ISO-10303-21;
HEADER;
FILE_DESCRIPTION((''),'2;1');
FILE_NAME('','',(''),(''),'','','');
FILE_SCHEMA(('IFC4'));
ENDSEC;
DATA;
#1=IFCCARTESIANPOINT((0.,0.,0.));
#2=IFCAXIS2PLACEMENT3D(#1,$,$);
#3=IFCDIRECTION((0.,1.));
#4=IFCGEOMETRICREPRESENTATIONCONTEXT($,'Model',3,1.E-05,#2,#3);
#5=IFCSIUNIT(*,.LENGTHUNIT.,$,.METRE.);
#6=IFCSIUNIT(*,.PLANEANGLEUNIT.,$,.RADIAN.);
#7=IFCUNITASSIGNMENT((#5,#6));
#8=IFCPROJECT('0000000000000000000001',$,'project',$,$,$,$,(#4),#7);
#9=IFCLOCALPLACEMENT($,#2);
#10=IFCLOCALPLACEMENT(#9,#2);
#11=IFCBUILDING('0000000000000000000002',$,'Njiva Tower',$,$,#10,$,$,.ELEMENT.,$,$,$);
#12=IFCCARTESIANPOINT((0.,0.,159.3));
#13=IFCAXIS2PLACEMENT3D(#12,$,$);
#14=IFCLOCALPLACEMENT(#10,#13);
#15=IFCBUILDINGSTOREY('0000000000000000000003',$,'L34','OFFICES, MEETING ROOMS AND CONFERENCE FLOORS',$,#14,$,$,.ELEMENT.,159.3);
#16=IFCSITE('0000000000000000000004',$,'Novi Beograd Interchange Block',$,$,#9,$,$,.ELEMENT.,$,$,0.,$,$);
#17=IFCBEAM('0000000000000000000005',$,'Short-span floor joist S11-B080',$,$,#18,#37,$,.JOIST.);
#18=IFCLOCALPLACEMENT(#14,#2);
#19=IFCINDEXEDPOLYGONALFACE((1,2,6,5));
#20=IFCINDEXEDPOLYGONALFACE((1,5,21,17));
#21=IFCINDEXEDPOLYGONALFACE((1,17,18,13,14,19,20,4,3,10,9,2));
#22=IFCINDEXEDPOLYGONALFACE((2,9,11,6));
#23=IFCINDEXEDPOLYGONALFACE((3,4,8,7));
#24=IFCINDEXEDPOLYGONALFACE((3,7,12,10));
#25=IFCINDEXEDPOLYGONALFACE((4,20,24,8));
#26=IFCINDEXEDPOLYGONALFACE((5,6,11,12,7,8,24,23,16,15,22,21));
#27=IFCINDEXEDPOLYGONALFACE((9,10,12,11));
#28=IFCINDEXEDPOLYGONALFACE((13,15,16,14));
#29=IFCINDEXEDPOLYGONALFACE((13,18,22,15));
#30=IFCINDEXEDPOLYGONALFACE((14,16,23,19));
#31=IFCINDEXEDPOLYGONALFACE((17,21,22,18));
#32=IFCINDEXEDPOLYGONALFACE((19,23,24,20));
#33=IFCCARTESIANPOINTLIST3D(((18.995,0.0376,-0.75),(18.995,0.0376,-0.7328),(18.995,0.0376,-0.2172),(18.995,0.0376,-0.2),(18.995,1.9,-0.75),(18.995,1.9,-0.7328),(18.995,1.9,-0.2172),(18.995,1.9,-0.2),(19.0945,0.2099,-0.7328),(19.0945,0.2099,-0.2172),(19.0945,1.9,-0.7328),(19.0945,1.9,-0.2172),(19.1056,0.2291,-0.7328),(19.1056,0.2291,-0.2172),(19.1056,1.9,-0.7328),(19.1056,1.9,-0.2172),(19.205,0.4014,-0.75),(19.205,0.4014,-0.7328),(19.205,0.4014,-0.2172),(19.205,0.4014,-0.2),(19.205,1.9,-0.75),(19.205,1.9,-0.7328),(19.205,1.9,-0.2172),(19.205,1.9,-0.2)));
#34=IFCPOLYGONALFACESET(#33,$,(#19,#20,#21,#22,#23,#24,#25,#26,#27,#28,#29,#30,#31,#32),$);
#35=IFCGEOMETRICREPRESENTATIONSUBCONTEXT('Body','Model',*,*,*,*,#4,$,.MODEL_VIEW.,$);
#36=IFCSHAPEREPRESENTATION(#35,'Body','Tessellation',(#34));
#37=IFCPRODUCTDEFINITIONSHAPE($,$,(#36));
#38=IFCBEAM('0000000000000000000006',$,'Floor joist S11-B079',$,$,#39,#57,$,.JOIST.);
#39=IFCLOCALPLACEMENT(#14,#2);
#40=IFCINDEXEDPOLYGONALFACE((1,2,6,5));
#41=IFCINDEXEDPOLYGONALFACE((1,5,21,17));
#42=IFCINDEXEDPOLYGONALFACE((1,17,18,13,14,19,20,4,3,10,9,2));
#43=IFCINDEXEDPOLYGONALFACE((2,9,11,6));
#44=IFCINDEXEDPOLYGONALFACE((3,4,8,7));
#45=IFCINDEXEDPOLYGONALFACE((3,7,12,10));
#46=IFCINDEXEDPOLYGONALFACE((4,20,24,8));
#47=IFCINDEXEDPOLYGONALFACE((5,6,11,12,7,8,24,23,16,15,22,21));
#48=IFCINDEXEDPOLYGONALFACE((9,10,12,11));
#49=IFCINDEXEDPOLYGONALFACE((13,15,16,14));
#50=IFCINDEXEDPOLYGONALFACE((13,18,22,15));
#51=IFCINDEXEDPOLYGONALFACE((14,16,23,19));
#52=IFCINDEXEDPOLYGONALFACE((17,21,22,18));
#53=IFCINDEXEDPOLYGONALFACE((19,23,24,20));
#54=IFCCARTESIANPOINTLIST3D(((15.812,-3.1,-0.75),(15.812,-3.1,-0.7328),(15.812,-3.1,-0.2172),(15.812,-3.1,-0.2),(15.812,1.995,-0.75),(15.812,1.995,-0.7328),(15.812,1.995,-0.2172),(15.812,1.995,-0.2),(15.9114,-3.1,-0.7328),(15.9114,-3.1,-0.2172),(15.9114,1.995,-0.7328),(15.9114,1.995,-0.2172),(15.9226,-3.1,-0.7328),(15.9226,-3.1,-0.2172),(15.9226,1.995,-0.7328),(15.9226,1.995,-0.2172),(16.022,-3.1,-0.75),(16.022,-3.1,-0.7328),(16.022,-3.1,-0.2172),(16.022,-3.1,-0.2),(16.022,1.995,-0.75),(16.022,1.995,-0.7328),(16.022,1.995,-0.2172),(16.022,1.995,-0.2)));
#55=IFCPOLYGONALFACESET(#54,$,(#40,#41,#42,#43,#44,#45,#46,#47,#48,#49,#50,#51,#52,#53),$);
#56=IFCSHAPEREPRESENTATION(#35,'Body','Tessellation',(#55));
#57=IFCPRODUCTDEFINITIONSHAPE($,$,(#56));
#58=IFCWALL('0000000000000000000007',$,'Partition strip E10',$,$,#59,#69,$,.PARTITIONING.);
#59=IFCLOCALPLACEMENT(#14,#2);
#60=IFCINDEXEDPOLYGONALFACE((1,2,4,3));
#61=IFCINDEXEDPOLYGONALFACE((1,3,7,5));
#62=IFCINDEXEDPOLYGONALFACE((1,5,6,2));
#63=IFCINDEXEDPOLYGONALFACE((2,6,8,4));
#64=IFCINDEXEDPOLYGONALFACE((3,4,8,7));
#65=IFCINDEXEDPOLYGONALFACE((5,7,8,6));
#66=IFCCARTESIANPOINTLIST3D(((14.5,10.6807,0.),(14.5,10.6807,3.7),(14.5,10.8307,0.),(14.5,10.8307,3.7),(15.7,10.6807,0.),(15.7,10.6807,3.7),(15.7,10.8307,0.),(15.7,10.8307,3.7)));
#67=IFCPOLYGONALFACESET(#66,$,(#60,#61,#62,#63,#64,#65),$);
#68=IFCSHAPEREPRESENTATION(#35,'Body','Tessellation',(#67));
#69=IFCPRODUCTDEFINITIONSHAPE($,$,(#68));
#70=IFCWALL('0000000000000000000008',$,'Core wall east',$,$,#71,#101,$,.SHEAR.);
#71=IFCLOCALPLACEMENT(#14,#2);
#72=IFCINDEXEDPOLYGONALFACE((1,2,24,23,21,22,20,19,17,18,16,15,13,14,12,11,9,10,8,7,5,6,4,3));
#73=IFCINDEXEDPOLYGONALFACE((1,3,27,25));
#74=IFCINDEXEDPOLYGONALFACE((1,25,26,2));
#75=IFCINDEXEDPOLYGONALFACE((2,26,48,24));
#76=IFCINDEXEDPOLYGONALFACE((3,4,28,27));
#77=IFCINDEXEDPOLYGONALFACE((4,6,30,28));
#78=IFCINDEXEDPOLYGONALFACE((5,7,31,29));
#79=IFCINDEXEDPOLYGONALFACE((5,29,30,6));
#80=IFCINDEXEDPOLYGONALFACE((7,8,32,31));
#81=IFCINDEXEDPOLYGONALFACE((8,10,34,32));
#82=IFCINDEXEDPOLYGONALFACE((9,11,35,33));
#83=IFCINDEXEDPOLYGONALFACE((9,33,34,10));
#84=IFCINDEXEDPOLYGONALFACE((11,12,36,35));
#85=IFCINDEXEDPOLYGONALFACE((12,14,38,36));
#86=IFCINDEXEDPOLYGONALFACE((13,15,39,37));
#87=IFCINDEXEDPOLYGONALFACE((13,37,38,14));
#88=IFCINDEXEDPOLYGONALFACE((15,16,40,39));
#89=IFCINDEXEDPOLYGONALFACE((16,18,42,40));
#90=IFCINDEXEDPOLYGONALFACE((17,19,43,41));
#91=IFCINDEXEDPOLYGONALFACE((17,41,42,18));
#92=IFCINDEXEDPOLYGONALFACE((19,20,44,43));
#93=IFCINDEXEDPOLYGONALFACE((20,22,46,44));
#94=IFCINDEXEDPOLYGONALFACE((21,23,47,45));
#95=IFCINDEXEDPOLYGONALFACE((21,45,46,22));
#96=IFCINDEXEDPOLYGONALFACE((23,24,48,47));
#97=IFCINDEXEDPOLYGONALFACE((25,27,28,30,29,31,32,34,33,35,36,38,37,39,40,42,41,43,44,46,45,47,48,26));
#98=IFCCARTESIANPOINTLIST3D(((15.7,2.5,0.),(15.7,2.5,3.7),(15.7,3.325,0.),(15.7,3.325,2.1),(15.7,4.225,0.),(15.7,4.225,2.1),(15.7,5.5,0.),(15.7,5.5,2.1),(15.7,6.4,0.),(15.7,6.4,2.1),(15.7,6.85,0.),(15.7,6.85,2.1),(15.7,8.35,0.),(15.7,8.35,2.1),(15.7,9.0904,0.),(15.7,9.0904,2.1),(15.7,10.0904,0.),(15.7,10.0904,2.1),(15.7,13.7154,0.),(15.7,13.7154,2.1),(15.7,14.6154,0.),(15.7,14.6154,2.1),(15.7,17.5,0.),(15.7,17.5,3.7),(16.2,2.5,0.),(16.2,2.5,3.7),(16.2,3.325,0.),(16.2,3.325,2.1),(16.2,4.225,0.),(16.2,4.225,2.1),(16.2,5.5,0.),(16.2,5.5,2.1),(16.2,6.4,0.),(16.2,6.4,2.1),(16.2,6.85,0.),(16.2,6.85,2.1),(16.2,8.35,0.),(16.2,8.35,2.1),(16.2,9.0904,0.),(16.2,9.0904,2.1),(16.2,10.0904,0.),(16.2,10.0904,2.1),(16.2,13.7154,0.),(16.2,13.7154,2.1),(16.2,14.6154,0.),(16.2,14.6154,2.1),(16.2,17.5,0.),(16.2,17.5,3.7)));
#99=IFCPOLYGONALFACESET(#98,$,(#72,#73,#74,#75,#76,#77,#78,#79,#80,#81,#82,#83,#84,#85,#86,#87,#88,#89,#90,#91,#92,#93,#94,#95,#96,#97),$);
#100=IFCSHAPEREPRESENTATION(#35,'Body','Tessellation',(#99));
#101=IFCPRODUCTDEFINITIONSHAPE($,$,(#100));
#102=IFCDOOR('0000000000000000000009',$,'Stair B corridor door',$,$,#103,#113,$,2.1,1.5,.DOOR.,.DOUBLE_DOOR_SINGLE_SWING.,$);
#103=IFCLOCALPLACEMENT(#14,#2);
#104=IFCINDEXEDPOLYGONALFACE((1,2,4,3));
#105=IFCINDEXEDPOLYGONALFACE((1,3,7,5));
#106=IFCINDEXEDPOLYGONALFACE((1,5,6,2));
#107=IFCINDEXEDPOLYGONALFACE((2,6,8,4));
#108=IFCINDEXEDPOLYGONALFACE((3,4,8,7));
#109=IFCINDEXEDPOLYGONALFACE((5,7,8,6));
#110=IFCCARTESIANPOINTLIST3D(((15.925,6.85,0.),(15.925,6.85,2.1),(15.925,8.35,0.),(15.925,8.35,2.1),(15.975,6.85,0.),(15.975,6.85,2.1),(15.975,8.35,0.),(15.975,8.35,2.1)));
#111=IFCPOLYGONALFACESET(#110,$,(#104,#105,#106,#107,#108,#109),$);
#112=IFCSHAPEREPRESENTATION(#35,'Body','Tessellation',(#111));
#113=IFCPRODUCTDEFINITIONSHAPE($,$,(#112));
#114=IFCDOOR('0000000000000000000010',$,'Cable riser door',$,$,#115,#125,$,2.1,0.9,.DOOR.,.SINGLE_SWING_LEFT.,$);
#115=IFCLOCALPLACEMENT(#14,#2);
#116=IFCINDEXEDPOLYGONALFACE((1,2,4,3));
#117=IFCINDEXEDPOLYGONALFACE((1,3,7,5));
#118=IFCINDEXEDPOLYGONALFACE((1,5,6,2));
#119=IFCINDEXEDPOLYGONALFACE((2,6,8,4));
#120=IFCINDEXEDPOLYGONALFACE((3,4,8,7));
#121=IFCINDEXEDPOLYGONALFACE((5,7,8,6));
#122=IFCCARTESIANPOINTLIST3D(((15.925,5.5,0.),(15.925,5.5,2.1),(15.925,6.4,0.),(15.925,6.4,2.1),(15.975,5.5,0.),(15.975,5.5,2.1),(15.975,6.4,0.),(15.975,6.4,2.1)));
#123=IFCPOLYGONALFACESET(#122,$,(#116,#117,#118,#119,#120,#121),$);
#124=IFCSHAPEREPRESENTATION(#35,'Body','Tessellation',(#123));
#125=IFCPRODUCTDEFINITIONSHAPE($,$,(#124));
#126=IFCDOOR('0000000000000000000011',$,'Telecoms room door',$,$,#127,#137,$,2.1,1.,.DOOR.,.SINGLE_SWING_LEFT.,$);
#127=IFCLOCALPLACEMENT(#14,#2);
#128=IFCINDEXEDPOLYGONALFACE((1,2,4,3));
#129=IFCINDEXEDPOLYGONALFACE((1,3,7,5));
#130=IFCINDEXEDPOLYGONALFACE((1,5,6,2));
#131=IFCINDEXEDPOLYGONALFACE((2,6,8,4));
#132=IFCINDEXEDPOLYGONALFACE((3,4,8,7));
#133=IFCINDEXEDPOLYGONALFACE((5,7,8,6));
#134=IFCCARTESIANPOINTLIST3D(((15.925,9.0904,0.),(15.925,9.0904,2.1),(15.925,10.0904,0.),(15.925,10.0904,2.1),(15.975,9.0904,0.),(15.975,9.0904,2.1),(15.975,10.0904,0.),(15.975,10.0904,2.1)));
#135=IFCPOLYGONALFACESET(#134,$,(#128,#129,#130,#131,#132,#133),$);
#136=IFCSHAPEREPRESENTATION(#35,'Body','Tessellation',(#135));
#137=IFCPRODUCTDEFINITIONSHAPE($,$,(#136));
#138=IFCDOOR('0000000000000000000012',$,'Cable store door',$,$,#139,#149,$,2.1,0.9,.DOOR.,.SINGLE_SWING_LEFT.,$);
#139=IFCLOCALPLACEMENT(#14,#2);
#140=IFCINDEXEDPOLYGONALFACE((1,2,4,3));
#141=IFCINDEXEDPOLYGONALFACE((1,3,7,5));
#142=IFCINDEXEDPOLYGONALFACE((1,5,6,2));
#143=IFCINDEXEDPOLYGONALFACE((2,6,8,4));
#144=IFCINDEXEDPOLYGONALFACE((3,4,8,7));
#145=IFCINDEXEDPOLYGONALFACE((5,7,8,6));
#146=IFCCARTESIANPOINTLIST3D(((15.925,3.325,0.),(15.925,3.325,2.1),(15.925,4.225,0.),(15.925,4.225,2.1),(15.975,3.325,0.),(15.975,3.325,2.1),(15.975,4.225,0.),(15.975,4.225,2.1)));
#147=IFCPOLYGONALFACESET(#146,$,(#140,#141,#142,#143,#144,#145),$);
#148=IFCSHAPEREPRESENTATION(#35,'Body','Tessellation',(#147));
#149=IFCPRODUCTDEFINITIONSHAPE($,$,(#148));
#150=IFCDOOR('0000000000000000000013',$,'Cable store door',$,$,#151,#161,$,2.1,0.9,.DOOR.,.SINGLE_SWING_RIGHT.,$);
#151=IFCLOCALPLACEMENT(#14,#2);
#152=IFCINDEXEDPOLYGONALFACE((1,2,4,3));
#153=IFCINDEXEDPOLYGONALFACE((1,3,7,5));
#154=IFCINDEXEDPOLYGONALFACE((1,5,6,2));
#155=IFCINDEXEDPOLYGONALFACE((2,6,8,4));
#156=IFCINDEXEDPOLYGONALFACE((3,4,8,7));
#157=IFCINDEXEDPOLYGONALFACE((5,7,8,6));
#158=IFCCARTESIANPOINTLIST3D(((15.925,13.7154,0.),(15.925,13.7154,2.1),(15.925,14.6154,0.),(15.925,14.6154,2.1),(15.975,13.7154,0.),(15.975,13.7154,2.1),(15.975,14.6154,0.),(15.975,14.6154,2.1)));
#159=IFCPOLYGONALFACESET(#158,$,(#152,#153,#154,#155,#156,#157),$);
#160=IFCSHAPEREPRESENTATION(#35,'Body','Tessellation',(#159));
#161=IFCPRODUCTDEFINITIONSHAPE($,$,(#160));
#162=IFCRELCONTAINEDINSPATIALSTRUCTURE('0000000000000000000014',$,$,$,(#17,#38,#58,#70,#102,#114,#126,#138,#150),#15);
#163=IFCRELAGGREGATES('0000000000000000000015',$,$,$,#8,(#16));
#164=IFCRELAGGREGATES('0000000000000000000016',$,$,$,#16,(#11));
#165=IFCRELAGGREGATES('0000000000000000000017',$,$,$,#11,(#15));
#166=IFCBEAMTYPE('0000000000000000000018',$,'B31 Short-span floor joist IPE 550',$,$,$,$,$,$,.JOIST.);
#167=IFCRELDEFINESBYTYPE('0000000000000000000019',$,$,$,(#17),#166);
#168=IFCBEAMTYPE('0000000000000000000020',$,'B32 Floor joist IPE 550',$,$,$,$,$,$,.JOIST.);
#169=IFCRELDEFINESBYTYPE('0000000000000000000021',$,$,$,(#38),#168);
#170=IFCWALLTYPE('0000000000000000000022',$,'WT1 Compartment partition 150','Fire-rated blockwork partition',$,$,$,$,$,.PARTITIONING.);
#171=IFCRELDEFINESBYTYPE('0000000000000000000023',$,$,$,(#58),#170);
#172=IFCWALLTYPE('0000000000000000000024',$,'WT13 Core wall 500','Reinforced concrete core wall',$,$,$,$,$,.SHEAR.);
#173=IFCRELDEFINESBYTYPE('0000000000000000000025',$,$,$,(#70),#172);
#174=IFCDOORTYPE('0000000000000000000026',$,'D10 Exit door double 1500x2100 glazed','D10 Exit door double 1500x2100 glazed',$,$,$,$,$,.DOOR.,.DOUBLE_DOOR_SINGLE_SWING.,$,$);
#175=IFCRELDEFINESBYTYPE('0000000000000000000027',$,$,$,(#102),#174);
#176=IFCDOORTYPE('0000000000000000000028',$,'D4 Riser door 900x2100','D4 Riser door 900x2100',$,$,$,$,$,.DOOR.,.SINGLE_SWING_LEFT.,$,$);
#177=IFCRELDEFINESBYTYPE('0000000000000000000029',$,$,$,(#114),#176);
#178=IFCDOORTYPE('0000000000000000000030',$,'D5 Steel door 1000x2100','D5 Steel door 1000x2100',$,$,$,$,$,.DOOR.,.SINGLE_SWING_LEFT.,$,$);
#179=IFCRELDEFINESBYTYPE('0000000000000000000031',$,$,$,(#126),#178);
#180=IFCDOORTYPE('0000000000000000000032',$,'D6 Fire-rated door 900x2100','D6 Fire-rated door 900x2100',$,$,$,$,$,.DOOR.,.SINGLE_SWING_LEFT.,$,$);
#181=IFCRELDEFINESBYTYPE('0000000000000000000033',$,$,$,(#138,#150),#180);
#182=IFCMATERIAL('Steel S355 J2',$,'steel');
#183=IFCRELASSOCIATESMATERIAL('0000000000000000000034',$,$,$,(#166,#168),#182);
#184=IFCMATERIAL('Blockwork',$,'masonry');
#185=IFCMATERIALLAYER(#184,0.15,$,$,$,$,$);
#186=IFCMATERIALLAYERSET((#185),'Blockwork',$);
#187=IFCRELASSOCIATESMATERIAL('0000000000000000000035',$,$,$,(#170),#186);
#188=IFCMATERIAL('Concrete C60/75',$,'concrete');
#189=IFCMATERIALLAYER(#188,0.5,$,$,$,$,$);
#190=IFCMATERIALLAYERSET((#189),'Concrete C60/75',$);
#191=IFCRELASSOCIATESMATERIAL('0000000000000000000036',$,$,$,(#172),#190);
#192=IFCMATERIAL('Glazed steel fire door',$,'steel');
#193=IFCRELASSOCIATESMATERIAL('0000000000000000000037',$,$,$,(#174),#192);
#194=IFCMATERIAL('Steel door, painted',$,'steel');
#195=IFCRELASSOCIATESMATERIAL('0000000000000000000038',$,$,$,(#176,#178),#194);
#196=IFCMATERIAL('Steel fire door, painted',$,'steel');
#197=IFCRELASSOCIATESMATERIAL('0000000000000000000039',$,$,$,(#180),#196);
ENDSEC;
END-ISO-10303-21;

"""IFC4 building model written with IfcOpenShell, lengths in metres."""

from ifc_helpers import new_model, si_unit, direction, frame, frame_2d, origin, origin_2d, place, context, subcontext, project, spatial, rectangle, i_section, extrude, clip, halfspace, material, layer, layer_set, material_profile, profile_set, type_object, element, fill, save


model = new_model("IFC4")

# Units and contexts
model_context = context("Model", 3, precision=1e-05, world=origin(), true_north=direction((0.0, 1.0)))
body_context = subcontext(model_context, "Body", "Model", "MODEL_VIEW")
ifc_project = project(units=[si_unit("LENGTHUNIT", "METRE"), si_unit("PLANEANGLEUNIT", "RADIAN")], contexts=[model_context])

# Site, building, storey
site_placement = place(None, origin())
site = spatial("IfcSite", under=ifc_project, at=site_placement, Name="Novi Beograd Interchange Block", CompositionType="ELEMENT", RefElevation=0.0)
building_placement = place(site_placement, origin())
building = spatial("IfcBuilding", under=site, at=building_placement, Name="Njiva Tower", CompositionType="ELEMENT")
storey_placement = place(building_placement, frame((0.0, 0.0, 159.3)))
storey = spatial("IfcBuildingStorey", under=building, at=storey_placement, Name="L34", Description="OFFICES, MEETING ROOMS AND CONFERENCE FLOORS", CompositionType="ELEMENT", Elevation=159.3)

# Shared definitions
ifc_material_1 = material(Name="Steel S355 J2", Category="steel")

# Beams
ifc_material_profile_1 = material_profile(ifc_material_1, i_section(OverallWidth=0.21, OverallDepth=0.55, WebThickness=0.0111, FlangeThickness=0.0172, at=origin_2d()), Name="IPE 550")
ifc_profile_set_1 = profile_set([ifc_material_profile_1], Name="Steel S355 J2")
beam_type_1 = type_object("IfcBeamType", Name="B31 Short-span floor joist IPE 550", PredefinedType="JOIST", material=ifc_profile_set_1)
beam_1_placement = place(storey_placement, frame((19.1, 1.9, -0.475), z_axis=(0.0, -1.0, 0.0), x_axis=(1.0, 0.0, 0.0)))
element("IfcBeam", 1, at=beam_1_placement, inside=storey, type_object=beam_type_1, Name="Short-span floor joist S11-B080", PredefinedType="JOIST", context=body_context, shape_type="Clipping", body=[
    clip(extrude(i_section(OverallWidth=0.21, OverallDepth=0.55, WebThickness=0.0111, FlangeThickness=0.0172, at=origin_2d()), origin(), (0.0, 0.0, 1.0), 1.883), halfspace(frame((0.0433, 0.0, 1.6055), z_axis=(0.866027, 0.0, 0.499998), x_axis=(0.0, 1.0, 0.0)), False)),
])
ifc_material_profile_2 = material_profile(ifc_material_1, i_section(OverallWidth=0.21, OverallDepth=0.55, WebThickness=0.0111, FlangeThickness=0.0172, at=origin_2d()), Name="IPE 550")
ifc_profile_set_2 = profile_set([ifc_material_profile_2], Name="Steel S355 J2")
beam_type_2 = type_object("IfcBeamType", Name="B32 Floor joist IPE 550", PredefinedType="JOIST", material=ifc_profile_set_2)
beam_2_placement = place(storey_placement, frame((15.917, 1.995, -0.475), z_axis=(0.0, -1.0, 0.0), x_axis=(1.0, 0.0, 0.0)))
element("IfcBeam", 2, at=beam_2_placement, inside=storey, type_object=beam_type_2, Name="Floor joist S11-B079", PredefinedType="JOIST", context=body_context, shape_type="SweptSolid", body=[
    extrude(i_section(OverallWidth=0.21, OverallDepth=0.55, WebThickness=0.0111, FlangeThickness=0.0172, at=origin_2d()), origin(), (0.0, 0.0, 1.0), 5.095),
])

# Wall
ifc_material_2 = material(Name="Blockwork", Category="masonry")
ifc_layer_1 = layer(ifc_material_2, 0.15)
ifc_layer_set_1 = layer_set([ifc_layer_1], Name="Blockwork")
wall_type_1 = type_object("IfcWallType", Name="WT1 Compartment partition 150", Description="Fire-rated blockwork partition", PredefinedType="PARTITIONING", material=ifc_layer_set_1)
wall_1_placement = place(storey_placement, frame((14.5, 10.7557, 0.0), z_axis=(0.0, 0.0, 1.0), x_axis=(1.0, 0.0, 0.0)))
element("IfcWall", 3, at=wall_1_placement, inside=storey, type_object=wall_type_1, Name="Partition strip E10", PredefinedType="PARTITIONING", context=body_context, shape_type="SweptSolid", body=[
    extrude(rectangle(XDim=1.2, YDim=0.15, at=frame_2d((0.6, 0.0))), origin(), (0.0, 0.0, 1.0), 3.7),
])

# Wall, openings, doors
ifc_material_3 = material(Name="Concrete C60/75", Category="concrete")
ifc_layer_2 = layer(ifc_material_3, 0.5)
ifc_layer_set_2 = layer_set([ifc_layer_2], Name="Concrete C60/75")
wall_type_2 = type_object("IfcWallType", Name="WT13 Core wall 500", Description="Reinforced concrete core wall", PredefinedType="SHEAR", material=ifc_layer_set_2)
wall_2_placement = place(storey_placement, frame((15.95, 2.5, 0.0), z_axis=(0.0, 0.0, 1.0), x_axis=(0.0, 1.0, 0.0)))
wall_2 = element("IfcWall", 4, at=wall_2_placement, inside=storey, type_object=wall_type_2, Name="Core wall east", PredefinedType="SHEAR", context=body_context, shape_type="SweptSolid", body=[
    extrude(rectangle(XDim=15.0, YDim=0.5, at=frame_2d((7.5, 0.0))), origin(), (0.0, 0.0, 1.0), 3.7),
])
opening_1_placement = place(wall_2_placement, frame((4.35, 0.0, 0.0)))
opening_1 = element("IfcOpeningElement", 5, at=opening_1_placement, cuts=wall_2, PredefinedType="OPENING", context=body_context, shape_type="SweptSolid", body=[
    extrude(rectangle(XDim=1.5, YDim=2.1, at=frame_2d((0.75, 1.05))), frame((0.0, 0.26, 0.0), z_axis=(0.0, -1.0, 0.0), x_axis=(1.0, 0.0, 0.0)), (0.0, 0.0, 1.0), 0.52),
])
opening_2_placement = place(wall_2_placement, frame((0.825, 0.0, 0.0)))
opening_2 = element("IfcOpeningElement", 6, at=opening_2_placement, cuts=wall_2, PredefinedType="OPENING", context=body_context, shape_type="SweptSolid", body=[
    extrude(rectangle(XDim=0.9, YDim=2.1, at=frame_2d((0.45, 1.05))), frame((0.0, 0.26, 0.0), z_axis=(0.0, -1.0, 0.0), x_axis=(1.0, 0.0, 0.0)), (0.0, 0.0, 1.0), 0.52),
])
opening_3_placement = place(wall_2_placement, frame((3.0, 0.0, 0.0)))
opening_3 = element("IfcOpeningElement", 7, at=opening_3_placement, cuts=wall_2, PredefinedType="OPENING", context=body_context, shape_type="SweptSolid", body=[
    extrude(rectangle(XDim=0.9, YDim=2.1, at=frame_2d((0.45, 1.05))), frame((0.0, 0.26, 0.0), z_axis=(0.0, -1.0, 0.0), x_axis=(1.0, 0.0, 0.0)), (0.0, 0.0, 1.0), 0.52),
])
opening_4_placement = place(wall_2_placement, frame((6.5904, 0.0, 0.0)))
opening_4 = element("IfcOpeningElement", 8, at=opening_4_placement, cuts=wall_2, PredefinedType="OPENING", context=body_context, shape_type="SweptSolid", body=[
    extrude(rectangle(XDim=1.0, YDim=2.1, at=frame_2d((0.5, 1.05))), frame((0.0, 0.26, 0.0), z_axis=(0.0, -1.0, 0.0), x_axis=(1.0, 0.0, 0.0)), (0.0, 0.0, 1.0), 0.52),
])
opening_5_placement = place(wall_2_placement, frame((11.2154, 0.0, 0.0)))
opening_5 = element("IfcOpeningElement", 9, at=opening_5_placement, cuts=wall_2, PredefinedType="OPENING", context=body_context, shape_type="SweptSolid", body=[
    extrude(rectangle(XDim=0.9, YDim=2.1, at=frame_2d((0.45, 1.05))), frame((0.0, 0.26, 0.0), z_axis=(0.0, -1.0, 0.0), x_axis=(1.0, 0.0, 0.0)), (0.0, 0.0, 1.0), 0.52),
])
ifc_material_4 = material(Name="Glazed steel fire door", Category="steel")
door_type_1 = type_object("IfcDoorType", Name="D10 Exit door double 1500x2100 glazed", Description="D10 Exit door double 1500x2100 glazed", OperationType="DOUBLE_DOOR_SINGLE_SWING", PredefinedType="DOOR", material=ifc_material_4)
door_1_placement = place(opening_1_placement, origin())
door_1 = element("IfcDoor", 10, at=door_1_placement, inside=storey, type_object=door_type_1, Name="Stair B corridor door", OperationType="DOUBLE_DOOR_SINGLE_SWING", OverallHeight=2.1, OverallWidth=1.5, PredefinedType="DOOR", context=body_context, shape_type="SweptSolid", body=[
    extrude(rectangle(XDim=1.5, YDim=2.1, at=frame_2d((0.75, 1.05))), frame((0.0, 0.025, 0.0), z_axis=(0.0, -1.0, 0.0), x_axis=(1.0, 0.0, 0.0)), (0.0, 0.0, 1.0), 0.05),
])
fill(opening_1, door_1)
ifc_material_5 = material(Name="Steel door, painted", Category="steel")
door_type_2 = type_object("IfcDoorType", Name="D4 Riser door 900x2100", Description="D4 Riser door 900x2100", OperationType="SINGLE_SWING_LEFT", PredefinedType="DOOR", material=ifc_material_5)
door_2_placement = place(opening_3_placement, origin())
door_2 = element("IfcDoor", 11, at=door_2_placement, inside=storey, type_object=door_type_2, Name="Cable riser door", OperationType="SINGLE_SWING_LEFT", OverallHeight=2.1, OverallWidth=0.9, PredefinedType="DOOR", context=body_context, shape_type="SweptSolid", body=[
    extrude(rectangle(XDim=0.9, YDim=2.1, at=frame_2d((0.45, 1.05))), frame((0.0, 0.025, 0.0), z_axis=(0.0, -1.0, 0.0), x_axis=(1.0, 0.0, 0.0)), (0.0, 0.0, 1.0), 0.05),
])
fill(opening_3, door_2)
door_type_3 = type_object("IfcDoorType", Name="D5 Steel door 1000x2100", Description="D5 Steel door 1000x2100", OperationType="SINGLE_SWING_LEFT", PredefinedType="DOOR", material=ifc_material_5)
door_3_placement = place(opening_4_placement, origin())
door_3 = element("IfcDoor", 12, at=door_3_placement, inside=storey, type_object=door_type_3, Name="Telecoms room door", OperationType="SINGLE_SWING_LEFT", OverallHeight=2.1, OverallWidth=1.0, PredefinedType="DOOR", context=body_context, shape_type="SweptSolid", body=[
    extrude(rectangle(XDim=1.0, YDim=2.1, at=frame_2d((0.5, 1.05))), frame((0.0, 0.025, 0.0), z_axis=(0.0, -1.0, 0.0), x_axis=(1.0, 0.0, 0.0)), (0.0, 0.0, 1.0), 0.05),
])
fill(opening_4, door_3)
ifc_material_6 = material(Name="Steel fire door, painted", Category="steel")
door_type_4 = type_object("IfcDoorType", Name="D6 Fire-rated door 900x2100", Description="D6 Fire-rated door 900x2100", OperationType="SINGLE_SWING_LEFT", PredefinedType="DOOR", material=ifc_material_6)
door_4_placement = place(opening_2_placement, origin())
door_4 = element("IfcDoor", 13, at=door_4_placement, inside=storey, type_object=door_type_4, Name="Cable store door", OperationType="SINGLE_SWING_LEFT", OverallHeight=2.1, OverallWidth=0.9, PredefinedType="DOOR", context=body_context, shape_type="SweptSolid", body=[
    extrude(rectangle(XDim=0.9, YDim=2.1, at=frame_2d((0.45, 1.05))), frame((0.0, 0.025, 0.0), z_axis=(0.0, -1.0, 0.0), x_axis=(1.0, 0.0, 0.0)), (0.0, 0.0, 1.0), 0.05),
])
fill(opening_2, door_4)
door_5_placement = place(opening_5_placement, origin())
door_5 = element("IfcDoor", 14, at=door_5_placement, inside=storey, type_object=door_type_4, Name="Cable store door", OperationType="SINGLE_SWING_RIGHT", OverallHeight=2.1, OverallWidth=0.9, PredefinedType="DOOR", context=body_context, shape_type="SweptSolid", body=[
    extrude(rectangle(XDim=0.9, YDim=2.1, at=frame_2d((0.45, 1.05))), frame((0.0, 0.025, 0.0), z_axis=(0.0, -1.0, 0.0), x_axis=(1.0, 0.0, 0.0)), (0.0, 0.0, 1.0), 0.05),
])
fill(opening_5, door_5)

save(model, "model.ifc")
